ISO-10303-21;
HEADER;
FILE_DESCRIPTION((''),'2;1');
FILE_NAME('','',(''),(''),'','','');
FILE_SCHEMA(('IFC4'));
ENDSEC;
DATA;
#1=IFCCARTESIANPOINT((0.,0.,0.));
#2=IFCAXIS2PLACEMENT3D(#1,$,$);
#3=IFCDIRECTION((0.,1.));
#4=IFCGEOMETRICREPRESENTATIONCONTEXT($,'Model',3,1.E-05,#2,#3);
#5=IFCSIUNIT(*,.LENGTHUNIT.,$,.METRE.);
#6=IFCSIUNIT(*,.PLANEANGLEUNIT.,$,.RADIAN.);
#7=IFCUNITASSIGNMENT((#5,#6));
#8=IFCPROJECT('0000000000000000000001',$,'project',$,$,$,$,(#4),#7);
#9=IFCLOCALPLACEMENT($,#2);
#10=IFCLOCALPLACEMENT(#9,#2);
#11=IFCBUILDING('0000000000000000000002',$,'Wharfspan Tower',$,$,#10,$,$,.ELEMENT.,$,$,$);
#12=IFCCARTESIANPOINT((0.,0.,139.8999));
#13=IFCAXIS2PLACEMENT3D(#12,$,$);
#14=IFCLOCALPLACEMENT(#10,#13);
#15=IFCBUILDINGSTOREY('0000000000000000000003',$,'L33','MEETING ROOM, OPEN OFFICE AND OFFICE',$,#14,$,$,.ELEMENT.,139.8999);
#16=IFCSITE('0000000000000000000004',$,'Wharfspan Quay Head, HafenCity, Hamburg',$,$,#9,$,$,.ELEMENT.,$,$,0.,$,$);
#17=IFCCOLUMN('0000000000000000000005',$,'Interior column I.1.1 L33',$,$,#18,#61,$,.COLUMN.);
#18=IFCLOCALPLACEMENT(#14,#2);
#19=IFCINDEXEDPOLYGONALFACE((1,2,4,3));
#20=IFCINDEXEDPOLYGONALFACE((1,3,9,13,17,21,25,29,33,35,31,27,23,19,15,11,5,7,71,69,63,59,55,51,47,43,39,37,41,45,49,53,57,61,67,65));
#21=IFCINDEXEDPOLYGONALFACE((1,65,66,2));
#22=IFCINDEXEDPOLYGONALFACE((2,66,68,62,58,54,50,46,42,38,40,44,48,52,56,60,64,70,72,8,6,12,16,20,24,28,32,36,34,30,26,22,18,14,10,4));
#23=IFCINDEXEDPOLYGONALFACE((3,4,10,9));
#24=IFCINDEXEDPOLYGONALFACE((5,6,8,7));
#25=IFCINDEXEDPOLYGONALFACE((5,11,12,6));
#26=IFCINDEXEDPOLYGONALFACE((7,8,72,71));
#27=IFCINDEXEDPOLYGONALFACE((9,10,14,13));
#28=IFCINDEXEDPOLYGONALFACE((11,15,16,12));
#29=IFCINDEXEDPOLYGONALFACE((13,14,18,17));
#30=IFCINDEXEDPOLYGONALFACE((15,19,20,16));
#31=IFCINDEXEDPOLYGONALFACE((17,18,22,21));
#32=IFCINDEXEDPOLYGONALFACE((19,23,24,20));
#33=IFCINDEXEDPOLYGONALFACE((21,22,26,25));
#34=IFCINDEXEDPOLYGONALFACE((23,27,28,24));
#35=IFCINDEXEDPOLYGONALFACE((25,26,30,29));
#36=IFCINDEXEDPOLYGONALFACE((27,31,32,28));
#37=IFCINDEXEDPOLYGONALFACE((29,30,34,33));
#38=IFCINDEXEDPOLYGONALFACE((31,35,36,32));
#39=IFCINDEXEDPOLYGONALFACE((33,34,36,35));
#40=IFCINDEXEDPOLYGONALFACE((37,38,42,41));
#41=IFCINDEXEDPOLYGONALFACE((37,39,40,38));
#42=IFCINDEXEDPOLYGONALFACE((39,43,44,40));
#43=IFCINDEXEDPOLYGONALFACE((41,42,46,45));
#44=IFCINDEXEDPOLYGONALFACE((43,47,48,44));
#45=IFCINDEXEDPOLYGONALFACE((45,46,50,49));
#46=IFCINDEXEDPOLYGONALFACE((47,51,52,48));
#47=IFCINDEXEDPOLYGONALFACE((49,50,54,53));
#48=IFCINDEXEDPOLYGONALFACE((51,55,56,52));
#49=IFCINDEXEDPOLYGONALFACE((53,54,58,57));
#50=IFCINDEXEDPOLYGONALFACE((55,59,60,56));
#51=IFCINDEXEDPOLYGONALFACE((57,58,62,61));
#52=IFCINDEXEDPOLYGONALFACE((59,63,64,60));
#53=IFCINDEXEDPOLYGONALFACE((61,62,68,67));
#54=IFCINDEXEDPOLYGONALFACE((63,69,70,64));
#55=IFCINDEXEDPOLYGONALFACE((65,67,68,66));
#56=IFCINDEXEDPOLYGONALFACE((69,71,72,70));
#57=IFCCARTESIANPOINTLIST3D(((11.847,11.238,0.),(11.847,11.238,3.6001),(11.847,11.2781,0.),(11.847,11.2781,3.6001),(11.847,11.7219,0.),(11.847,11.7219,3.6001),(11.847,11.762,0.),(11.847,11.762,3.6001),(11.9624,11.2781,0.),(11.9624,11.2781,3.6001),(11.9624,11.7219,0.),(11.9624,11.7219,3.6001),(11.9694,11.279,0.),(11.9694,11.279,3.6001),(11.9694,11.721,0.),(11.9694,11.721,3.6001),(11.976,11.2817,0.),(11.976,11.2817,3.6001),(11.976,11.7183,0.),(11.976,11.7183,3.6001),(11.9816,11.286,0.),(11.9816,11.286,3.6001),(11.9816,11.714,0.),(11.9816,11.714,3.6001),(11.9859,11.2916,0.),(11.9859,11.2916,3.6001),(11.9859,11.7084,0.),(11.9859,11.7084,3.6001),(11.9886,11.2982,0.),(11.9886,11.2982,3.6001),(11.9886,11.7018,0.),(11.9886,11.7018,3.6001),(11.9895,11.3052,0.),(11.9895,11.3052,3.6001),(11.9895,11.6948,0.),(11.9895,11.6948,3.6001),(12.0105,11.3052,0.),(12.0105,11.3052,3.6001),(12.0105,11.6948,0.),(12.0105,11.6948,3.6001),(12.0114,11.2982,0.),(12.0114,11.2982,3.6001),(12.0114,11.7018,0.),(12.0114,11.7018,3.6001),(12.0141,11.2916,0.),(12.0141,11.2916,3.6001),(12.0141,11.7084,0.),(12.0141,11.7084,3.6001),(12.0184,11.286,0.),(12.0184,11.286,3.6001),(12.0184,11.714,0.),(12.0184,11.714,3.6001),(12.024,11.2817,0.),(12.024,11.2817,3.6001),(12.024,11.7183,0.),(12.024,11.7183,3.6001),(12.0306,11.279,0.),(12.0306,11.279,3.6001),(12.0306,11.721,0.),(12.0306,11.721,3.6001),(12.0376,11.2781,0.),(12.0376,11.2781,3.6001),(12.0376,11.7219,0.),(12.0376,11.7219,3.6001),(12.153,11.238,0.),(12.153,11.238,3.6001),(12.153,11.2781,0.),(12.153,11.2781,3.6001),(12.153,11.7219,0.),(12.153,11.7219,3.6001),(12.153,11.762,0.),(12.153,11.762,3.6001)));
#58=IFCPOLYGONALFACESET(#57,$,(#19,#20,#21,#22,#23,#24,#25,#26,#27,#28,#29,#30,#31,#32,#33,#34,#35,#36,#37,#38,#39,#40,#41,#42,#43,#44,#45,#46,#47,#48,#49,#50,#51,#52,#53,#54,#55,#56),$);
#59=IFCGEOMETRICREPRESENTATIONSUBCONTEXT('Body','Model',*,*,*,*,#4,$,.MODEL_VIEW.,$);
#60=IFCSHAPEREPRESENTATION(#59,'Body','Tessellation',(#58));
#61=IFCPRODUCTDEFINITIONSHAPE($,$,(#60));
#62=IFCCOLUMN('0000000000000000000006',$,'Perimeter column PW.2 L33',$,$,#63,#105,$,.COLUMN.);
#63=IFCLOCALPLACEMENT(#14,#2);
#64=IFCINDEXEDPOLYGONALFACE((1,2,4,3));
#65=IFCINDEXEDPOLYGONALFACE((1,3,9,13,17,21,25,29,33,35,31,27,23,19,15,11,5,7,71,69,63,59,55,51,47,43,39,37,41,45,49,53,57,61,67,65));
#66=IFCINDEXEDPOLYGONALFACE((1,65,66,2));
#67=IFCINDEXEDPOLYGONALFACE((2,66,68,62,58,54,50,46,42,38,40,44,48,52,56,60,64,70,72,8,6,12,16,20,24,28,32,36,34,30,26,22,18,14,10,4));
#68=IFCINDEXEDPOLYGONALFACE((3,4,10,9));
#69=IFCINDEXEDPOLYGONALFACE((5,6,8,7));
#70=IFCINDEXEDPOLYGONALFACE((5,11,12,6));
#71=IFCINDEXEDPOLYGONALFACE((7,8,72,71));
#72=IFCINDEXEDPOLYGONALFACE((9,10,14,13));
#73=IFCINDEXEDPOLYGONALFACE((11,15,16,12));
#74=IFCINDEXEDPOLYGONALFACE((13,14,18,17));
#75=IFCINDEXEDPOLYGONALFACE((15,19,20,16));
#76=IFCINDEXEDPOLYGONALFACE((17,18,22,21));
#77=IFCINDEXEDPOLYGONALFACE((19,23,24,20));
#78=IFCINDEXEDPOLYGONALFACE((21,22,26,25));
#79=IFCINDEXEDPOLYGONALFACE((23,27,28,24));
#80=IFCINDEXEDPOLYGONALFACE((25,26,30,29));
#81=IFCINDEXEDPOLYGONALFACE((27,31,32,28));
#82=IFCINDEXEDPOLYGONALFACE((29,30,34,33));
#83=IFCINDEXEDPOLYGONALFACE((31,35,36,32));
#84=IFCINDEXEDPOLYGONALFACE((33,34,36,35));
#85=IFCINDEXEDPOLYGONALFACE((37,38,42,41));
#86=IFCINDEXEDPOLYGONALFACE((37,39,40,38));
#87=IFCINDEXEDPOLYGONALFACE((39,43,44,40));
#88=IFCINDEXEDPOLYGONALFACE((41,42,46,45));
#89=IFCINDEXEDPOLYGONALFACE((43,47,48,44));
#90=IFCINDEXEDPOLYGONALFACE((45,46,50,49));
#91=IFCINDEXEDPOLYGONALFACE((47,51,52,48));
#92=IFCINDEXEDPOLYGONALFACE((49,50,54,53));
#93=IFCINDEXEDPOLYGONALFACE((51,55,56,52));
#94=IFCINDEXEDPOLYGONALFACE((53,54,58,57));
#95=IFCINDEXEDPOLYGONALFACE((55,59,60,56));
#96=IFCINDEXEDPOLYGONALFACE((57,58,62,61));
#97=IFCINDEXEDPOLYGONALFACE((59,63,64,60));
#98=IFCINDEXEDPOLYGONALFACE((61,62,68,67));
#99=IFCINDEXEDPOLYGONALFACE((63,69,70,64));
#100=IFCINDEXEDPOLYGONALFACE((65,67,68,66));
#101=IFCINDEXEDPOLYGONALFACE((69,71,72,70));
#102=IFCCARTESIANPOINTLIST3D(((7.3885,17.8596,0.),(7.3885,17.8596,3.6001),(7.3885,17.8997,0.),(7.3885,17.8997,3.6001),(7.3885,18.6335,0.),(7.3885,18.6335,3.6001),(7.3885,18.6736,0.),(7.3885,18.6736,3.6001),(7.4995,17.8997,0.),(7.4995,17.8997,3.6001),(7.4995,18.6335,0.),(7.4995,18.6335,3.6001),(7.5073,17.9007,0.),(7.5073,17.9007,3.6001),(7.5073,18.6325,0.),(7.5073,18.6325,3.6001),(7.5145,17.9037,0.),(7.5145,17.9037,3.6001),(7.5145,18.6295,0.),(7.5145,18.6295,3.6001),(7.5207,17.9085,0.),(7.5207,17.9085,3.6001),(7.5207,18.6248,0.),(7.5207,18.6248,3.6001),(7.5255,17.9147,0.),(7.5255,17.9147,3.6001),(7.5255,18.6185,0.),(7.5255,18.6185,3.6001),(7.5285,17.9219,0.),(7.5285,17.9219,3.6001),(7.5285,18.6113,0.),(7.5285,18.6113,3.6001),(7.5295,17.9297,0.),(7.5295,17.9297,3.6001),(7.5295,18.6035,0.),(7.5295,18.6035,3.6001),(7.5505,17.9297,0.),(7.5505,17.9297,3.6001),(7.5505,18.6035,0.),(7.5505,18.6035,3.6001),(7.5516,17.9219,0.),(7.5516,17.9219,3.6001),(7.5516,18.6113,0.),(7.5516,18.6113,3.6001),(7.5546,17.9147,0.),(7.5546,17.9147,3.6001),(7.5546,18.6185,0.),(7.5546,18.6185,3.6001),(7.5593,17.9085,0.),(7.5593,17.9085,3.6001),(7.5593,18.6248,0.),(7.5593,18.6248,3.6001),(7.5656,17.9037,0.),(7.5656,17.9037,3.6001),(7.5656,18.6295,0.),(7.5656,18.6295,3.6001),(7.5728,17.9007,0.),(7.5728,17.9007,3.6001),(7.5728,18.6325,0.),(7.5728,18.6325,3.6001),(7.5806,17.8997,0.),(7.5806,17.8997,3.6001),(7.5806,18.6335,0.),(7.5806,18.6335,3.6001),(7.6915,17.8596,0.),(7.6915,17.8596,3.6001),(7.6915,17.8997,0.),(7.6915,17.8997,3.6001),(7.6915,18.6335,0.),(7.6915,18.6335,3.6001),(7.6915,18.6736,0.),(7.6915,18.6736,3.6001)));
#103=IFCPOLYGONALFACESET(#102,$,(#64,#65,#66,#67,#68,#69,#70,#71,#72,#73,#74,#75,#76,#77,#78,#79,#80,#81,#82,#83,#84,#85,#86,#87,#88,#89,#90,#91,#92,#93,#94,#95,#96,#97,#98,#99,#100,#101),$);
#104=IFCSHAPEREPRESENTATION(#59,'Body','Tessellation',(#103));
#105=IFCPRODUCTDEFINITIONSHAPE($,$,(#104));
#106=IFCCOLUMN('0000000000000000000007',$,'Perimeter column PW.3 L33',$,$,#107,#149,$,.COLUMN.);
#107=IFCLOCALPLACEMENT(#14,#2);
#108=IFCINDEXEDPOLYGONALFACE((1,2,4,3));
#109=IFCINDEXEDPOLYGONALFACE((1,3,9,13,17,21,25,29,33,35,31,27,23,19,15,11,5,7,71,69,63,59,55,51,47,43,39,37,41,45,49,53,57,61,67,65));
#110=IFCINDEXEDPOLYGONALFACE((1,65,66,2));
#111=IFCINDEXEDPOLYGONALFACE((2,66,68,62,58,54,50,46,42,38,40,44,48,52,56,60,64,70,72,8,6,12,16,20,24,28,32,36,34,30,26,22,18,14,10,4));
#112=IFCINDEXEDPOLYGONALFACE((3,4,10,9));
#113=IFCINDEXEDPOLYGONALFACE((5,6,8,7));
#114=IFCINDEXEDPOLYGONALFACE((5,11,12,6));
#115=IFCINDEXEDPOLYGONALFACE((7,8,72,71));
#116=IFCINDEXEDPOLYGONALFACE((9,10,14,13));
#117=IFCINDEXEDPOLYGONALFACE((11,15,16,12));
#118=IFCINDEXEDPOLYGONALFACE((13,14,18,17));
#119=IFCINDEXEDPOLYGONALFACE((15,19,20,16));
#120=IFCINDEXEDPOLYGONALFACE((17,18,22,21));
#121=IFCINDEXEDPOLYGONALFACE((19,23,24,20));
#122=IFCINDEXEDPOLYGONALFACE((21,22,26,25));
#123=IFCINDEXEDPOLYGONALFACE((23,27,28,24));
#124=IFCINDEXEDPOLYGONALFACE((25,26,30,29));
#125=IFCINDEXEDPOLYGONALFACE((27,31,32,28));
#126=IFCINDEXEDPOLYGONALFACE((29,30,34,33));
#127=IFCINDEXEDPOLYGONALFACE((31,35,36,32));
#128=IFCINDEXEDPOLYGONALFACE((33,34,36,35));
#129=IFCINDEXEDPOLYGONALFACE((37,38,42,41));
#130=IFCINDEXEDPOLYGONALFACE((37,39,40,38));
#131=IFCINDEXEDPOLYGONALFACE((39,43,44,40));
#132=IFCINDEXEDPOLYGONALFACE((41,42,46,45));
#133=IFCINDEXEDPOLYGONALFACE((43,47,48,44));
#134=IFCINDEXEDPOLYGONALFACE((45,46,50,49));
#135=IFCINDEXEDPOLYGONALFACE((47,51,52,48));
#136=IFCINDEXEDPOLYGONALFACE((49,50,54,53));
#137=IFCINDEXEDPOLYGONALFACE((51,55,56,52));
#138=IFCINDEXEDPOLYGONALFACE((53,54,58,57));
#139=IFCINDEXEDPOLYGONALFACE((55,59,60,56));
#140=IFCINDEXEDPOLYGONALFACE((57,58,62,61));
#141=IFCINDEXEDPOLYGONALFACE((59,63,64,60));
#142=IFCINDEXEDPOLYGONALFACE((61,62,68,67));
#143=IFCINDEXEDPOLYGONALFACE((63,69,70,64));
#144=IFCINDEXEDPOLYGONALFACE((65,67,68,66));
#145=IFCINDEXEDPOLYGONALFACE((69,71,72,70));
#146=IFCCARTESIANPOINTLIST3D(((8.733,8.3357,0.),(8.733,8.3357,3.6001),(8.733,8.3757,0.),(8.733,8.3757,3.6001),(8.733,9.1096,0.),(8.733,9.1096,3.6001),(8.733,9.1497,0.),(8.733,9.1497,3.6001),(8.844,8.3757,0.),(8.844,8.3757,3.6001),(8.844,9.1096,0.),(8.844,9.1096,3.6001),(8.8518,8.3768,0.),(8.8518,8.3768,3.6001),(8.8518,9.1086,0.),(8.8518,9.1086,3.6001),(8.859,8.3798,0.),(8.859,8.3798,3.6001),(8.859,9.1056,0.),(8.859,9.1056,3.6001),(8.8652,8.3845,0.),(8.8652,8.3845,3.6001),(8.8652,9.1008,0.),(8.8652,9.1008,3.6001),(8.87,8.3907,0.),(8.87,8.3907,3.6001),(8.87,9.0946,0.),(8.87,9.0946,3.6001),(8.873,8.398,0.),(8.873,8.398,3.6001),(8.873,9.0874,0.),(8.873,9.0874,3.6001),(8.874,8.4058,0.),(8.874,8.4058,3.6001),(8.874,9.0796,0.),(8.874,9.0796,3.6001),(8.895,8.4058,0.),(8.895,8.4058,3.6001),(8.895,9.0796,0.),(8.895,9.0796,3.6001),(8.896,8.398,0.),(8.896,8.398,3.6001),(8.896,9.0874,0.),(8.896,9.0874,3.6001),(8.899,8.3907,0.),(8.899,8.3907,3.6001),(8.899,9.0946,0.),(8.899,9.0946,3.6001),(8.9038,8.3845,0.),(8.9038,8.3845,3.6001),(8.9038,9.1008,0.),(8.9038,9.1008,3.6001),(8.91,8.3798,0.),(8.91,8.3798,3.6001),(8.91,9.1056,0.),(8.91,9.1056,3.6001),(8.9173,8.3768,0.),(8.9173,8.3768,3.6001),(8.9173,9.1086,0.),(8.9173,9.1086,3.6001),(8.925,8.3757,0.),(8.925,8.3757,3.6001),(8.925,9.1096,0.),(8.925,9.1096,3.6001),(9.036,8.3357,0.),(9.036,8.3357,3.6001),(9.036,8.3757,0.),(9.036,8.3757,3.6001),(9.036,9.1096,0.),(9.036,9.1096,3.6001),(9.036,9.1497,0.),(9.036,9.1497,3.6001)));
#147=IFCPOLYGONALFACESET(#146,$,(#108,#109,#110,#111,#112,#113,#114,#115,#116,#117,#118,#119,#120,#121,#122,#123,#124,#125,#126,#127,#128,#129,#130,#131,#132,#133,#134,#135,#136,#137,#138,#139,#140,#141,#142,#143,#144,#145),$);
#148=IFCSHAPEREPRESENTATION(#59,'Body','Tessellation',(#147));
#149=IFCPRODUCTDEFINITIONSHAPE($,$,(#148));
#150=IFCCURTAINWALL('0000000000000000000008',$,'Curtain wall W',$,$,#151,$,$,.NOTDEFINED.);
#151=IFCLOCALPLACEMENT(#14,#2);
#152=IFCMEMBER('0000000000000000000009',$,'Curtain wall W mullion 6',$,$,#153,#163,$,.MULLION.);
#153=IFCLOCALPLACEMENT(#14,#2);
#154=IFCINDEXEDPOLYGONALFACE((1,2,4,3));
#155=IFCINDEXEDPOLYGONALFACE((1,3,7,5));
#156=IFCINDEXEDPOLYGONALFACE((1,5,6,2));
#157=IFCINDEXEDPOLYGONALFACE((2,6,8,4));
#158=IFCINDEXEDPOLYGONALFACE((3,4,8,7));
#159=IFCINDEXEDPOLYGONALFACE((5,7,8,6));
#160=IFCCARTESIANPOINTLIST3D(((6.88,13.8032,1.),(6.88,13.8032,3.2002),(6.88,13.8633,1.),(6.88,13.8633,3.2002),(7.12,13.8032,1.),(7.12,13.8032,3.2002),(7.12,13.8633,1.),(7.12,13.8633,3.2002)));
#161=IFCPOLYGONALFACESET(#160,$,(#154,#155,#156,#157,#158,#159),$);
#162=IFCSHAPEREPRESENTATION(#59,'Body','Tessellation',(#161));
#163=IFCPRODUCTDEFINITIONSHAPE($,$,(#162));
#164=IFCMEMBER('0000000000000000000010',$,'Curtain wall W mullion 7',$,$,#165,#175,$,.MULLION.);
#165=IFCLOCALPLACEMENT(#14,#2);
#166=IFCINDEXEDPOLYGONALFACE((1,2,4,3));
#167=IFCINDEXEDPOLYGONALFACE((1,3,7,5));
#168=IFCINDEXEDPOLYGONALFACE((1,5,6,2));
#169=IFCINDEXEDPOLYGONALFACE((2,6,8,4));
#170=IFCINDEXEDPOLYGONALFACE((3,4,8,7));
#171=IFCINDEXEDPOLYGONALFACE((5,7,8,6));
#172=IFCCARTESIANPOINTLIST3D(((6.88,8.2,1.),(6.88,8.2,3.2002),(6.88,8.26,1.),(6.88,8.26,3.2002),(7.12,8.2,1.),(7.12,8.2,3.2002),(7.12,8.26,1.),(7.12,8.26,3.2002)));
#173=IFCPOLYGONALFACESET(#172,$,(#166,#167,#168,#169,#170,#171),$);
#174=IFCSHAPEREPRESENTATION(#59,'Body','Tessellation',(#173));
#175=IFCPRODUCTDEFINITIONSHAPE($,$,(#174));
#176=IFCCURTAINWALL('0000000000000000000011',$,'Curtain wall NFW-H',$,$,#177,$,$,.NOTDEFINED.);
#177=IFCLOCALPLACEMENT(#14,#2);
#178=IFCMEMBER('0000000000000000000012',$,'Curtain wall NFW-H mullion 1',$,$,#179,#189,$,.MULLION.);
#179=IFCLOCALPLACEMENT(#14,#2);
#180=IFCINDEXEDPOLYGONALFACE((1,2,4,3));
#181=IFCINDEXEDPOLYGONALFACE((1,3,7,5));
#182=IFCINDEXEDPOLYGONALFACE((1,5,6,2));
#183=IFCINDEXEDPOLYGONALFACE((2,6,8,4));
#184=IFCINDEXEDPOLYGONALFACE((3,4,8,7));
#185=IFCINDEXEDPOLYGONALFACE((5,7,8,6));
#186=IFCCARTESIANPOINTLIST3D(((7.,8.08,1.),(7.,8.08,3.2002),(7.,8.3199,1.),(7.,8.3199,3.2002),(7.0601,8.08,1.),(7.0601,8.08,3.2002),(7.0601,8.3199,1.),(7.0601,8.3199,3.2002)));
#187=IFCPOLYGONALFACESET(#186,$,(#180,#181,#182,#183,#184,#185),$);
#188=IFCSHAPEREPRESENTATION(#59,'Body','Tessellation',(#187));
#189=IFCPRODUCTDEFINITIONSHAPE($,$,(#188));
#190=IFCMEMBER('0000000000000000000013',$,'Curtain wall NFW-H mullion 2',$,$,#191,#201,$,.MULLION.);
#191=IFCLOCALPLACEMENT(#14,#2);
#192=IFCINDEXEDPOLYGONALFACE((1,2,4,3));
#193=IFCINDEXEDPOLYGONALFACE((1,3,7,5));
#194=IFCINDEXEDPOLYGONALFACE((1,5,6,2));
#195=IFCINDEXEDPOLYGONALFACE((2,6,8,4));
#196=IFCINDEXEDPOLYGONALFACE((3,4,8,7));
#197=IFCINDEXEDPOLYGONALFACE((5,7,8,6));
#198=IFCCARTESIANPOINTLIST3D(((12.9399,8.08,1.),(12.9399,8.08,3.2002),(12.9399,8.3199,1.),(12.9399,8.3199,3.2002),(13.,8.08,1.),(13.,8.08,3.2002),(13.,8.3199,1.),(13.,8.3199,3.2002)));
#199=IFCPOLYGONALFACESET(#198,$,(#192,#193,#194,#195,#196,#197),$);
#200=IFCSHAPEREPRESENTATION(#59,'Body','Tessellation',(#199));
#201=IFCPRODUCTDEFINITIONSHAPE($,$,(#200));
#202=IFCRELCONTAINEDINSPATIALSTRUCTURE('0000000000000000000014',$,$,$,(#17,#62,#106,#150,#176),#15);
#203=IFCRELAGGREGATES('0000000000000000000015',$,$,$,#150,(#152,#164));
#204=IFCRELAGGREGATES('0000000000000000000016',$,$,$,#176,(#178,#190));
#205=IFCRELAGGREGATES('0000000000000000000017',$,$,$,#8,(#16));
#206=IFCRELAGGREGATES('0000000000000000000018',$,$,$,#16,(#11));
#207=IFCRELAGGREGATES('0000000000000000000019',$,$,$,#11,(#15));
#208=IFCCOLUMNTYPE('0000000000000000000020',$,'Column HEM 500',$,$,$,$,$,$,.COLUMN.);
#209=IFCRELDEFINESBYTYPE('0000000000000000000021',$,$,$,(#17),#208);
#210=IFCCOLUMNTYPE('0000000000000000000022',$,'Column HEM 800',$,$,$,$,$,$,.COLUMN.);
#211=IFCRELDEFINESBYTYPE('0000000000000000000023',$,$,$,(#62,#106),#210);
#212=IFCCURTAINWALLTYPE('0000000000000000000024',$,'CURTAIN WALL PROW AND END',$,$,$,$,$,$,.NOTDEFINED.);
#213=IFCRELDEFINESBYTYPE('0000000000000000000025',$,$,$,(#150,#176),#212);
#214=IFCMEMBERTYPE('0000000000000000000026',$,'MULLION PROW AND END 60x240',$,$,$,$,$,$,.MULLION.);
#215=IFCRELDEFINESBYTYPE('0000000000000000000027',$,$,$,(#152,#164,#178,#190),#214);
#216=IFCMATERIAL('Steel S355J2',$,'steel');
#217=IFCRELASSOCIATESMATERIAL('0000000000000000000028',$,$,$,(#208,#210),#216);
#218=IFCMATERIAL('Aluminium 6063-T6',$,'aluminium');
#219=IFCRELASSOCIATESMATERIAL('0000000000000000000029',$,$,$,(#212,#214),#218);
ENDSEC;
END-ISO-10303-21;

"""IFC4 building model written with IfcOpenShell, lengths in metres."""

from ifc_helpers import new_model, si_unit, direction, frame, origin, origin_2d, place, context, subcontext, project, spatial, rectangle, i_section, extrude, material, material_profile, profile_set, type_object, element, aggregate, save


model = new_model("IFC4")

# Units and contexts
model_context = context("Model", 3, precision=1e-05, world=origin(), true_north=direction((0.0, 1.0)))
body_context = subcontext(model_context, "Body", "Model", "MODEL_VIEW")
ifc_project = project(units=[si_unit("LENGTHUNIT", "METRE"), si_unit("PLANEANGLEUNIT", "RADIAN")], contexts=[model_context])

# Site, building, storey
site_placement = place(None, origin())
site = spatial("IfcSite", under=ifc_project, at=site_placement, Name="Wharfspan Quay Head, HafenCity, Hamburg", CompositionType="ELEMENT", RefElevation=0.0)
building_placement = place(site_placement, origin())
building = spatial("IfcBuilding", under=site, at=building_placement, Name="Wharfspan Tower", CompositionType="ELEMENT")
storey_placement = place(building_placement, frame((0.0, 0.0, 139.8999)))
storey = spatial("IfcBuildingStorey", under=building, at=storey_placement, Name="L33", Description="MEETING ROOM, OPEN OFFICE AND OFFICE", CompositionType="ELEMENT", Elevation=139.8999)

# Columns
ifc_material_1 = material(Name="Steel S355J2", Category="steel")
ifc_material_profile_1 = material_profile(ifc_material_1, i_section(OverallWidth=0.3059, OverallDepth=0.5239, WebThickness=0.021, FlangeThickness=0.04, FilletRadius=0.0271, at=origin_2d()))
ifc_profile_set_1 = profile_set([ifc_material_profile_1], Name="Steel S355J2")
column_type_1 = type_object("IfcColumnType", Name="Column HEM 500", PredefinedType="COLUMN", material=ifc_profile_set_1)
column_placement = place(storey_placement, frame((12.0, 11.5, 0.0), z_axis=(0.0, 0.0, 1.0), x_axis=(1.0, 0.0, 0.0)))
element("IfcColumn", 1, at=column_placement, inside=storey, type_object=column_type_1, Name="Interior column I.1.1 L33", PredefinedType="COLUMN", context=body_context, shape_type="SweptSolid", body=[
    extrude(i_section(OverallWidth=0.3059, OverallDepth=0.5239, WebThickness=0.021, FlangeThickness=0.04, FilletRadius=0.0271, at=origin_2d()), origin(), (0.0, 0.0, 1.0), 3.6001),
])
ifc_material_profile_2 = material_profile(ifc_material_1, i_section(OverallWidth=0.303, OverallDepth=0.814, WebThickness=0.021, FlangeThickness=0.04, FilletRadius=0.03, at=origin_2d()))
ifc_profile_set_2 = profile_set([ifc_material_profile_2], Name="Steel S355J2")
column_type_2 = type_object("IfcColumnType", Name="Column HEM 800", PredefinedType="COLUMN", material=ifc_profile_set_2)
for number, where, z_axis, x_axis, name in (
    (2, (7.54, 18.2666, 0.0), (0.0, 0.0, 1.0), (-1.0, 0.0, 0.0), "Perimeter column PW.2 L33"),
    (3, (8.8845, 8.7427, 0.0), (0.0, 0.0, 1.0), (-1.0, 0.0, 0.0), "Perimeter column PW.3 L33"),
):
    element("IfcColumn", number, at=place(storey_placement, frame(where, z_axis=z_axis, x_axis=x_axis)), inside=storey, type_object=column_type_2, Name=name, PredefinedType="COLUMN", context=body_context, shape_type="SweptSolid", body=[
        extrude(i_section(OverallWidth=0.303, OverallDepth=0.814, WebThickness=0.021, FlangeThickness=0.04, FilletRadius=0.03, at=origin_2d()), origin(), (0.0, 0.0, 1.0), 3.6001),
    ])

# Curtain walls, members
ifc_material_2 = material(Name="Aluminium 6063-T6", Category="aluminium")
curtain_wall_type = type_object("IfcCurtainWallType", Name="CURTAIN WALL PROW AND END", PredefinedType="NOTDEFINED", material=ifc_material_2)
curtain_wall_1_placement = place(storey_placement, origin())
curtain_wall_1 = element("IfcCurtainWall", 4, at=curtain_wall_1_placement, inside=storey, type_object=curtain_wall_type, Name="Curtain wall W", PredefinedType="NOTDEFINED")
ifc_material_profile_3 = material_profile(ifc_material_2, rectangle(XDim=0.24, YDim=0.0601, at=origin_2d()))
ifc_profile_set_3 = profile_set([ifc_material_profile_3], Name="Aluminium 6063-T6")
member_type_1 = type_object("IfcMemberType", Name="MULLION PROW AND END 60x240", PredefinedType="MULLION", material=ifc_profile_set_3)
member_1_placement = place(storey_placement, frame((7.0, 13.8333, 1.0), z_axis=(0.0, 0.0, 1.0), x_axis=(1.0, 0.0, 0.0)))
member_1 = element("IfcMember", 5, at=member_1_placement, type_object=member_type_1, Name="Curtain wall W mullion 6", PredefinedType="MULLION", context=body_context, shape_type="SweptSolid", body=[
    extrude(rectangle(XDim=0.24, YDim=0.0601, at=origin_2d()), origin(), (0.0, 0.0, 1.0), 2.2002),
])
member_2_placement = place(storey_placement, frame((7.0, 8.23, 1.0), z_axis=(0.0, 0.0, 1.0), x_axis=(1.0, 0.0, 0.0)))
member_2 = element("IfcMember", 6, at=member_2_placement, type_object=member_type_1, Name="Curtain wall W mullion 7", PredefinedType="MULLION", context=body_context, shape_type="SweptSolid", body=[
    extrude(rectangle(XDim=0.24, YDim=0.0601, at=origin_2d()), origin(), (0.0, 0.0, 1.0), 2.2002),
])
curtain_wall_2_placement = place(storey_placement, origin())
curtain_wall_2 = element("IfcCurtainWall", 7, at=curtain_wall_2_placement, inside=storey, type_object=curtain_wall_type, Name="Curtain wall NFW-H", PredefinedType="NOTDEFINED")
member_3_placement = place(storey_placement, frame((7.03, 8.2, 1.0), z_axis=(0.0, 0.0, 1.0), x_axis=(0.0, 1.0, 0.0)))
member_3 = element("IfcMember", 8, at=member_3_placement, type_object=member_type_1, Name="Curtain wall NFW-H mullion 1", PredefinedType="MULLION", context=body_context, shape_type="SweptSolid", body=[
    extrude(rectangle(XDim=0.24, YDim=0.0601, at=origin_2d()), origin(), (0.0, 0.0, 1.0), 2.2002),
])
member_4_placement = place(storey_placement, frame((12.97, 8.2, 1.0), z_axis=(0.0, 0.0, 1.0), x_axis=(0.0, 1.0, 0.0)))
member_4 = element("IfcMember", 9, at=member_4_placement, type_object=member_type_1, Name="Curtain wall NFW-H mullion 2", PredefinedType="MULLION", context=body_context, shape_type="SweptSolid", body=[
    extrude(rectangle(XDim=0.24, YDim=0.0601, at=origin_2d()), origin(), (0.0, 0.0, 1.0), 2.2002),
])

aggregate(curtain_wall_1, [member_1, member_2])
aggregate(curtain_wall_2, [member_3, member_4])

save(model, "model.ifc")
